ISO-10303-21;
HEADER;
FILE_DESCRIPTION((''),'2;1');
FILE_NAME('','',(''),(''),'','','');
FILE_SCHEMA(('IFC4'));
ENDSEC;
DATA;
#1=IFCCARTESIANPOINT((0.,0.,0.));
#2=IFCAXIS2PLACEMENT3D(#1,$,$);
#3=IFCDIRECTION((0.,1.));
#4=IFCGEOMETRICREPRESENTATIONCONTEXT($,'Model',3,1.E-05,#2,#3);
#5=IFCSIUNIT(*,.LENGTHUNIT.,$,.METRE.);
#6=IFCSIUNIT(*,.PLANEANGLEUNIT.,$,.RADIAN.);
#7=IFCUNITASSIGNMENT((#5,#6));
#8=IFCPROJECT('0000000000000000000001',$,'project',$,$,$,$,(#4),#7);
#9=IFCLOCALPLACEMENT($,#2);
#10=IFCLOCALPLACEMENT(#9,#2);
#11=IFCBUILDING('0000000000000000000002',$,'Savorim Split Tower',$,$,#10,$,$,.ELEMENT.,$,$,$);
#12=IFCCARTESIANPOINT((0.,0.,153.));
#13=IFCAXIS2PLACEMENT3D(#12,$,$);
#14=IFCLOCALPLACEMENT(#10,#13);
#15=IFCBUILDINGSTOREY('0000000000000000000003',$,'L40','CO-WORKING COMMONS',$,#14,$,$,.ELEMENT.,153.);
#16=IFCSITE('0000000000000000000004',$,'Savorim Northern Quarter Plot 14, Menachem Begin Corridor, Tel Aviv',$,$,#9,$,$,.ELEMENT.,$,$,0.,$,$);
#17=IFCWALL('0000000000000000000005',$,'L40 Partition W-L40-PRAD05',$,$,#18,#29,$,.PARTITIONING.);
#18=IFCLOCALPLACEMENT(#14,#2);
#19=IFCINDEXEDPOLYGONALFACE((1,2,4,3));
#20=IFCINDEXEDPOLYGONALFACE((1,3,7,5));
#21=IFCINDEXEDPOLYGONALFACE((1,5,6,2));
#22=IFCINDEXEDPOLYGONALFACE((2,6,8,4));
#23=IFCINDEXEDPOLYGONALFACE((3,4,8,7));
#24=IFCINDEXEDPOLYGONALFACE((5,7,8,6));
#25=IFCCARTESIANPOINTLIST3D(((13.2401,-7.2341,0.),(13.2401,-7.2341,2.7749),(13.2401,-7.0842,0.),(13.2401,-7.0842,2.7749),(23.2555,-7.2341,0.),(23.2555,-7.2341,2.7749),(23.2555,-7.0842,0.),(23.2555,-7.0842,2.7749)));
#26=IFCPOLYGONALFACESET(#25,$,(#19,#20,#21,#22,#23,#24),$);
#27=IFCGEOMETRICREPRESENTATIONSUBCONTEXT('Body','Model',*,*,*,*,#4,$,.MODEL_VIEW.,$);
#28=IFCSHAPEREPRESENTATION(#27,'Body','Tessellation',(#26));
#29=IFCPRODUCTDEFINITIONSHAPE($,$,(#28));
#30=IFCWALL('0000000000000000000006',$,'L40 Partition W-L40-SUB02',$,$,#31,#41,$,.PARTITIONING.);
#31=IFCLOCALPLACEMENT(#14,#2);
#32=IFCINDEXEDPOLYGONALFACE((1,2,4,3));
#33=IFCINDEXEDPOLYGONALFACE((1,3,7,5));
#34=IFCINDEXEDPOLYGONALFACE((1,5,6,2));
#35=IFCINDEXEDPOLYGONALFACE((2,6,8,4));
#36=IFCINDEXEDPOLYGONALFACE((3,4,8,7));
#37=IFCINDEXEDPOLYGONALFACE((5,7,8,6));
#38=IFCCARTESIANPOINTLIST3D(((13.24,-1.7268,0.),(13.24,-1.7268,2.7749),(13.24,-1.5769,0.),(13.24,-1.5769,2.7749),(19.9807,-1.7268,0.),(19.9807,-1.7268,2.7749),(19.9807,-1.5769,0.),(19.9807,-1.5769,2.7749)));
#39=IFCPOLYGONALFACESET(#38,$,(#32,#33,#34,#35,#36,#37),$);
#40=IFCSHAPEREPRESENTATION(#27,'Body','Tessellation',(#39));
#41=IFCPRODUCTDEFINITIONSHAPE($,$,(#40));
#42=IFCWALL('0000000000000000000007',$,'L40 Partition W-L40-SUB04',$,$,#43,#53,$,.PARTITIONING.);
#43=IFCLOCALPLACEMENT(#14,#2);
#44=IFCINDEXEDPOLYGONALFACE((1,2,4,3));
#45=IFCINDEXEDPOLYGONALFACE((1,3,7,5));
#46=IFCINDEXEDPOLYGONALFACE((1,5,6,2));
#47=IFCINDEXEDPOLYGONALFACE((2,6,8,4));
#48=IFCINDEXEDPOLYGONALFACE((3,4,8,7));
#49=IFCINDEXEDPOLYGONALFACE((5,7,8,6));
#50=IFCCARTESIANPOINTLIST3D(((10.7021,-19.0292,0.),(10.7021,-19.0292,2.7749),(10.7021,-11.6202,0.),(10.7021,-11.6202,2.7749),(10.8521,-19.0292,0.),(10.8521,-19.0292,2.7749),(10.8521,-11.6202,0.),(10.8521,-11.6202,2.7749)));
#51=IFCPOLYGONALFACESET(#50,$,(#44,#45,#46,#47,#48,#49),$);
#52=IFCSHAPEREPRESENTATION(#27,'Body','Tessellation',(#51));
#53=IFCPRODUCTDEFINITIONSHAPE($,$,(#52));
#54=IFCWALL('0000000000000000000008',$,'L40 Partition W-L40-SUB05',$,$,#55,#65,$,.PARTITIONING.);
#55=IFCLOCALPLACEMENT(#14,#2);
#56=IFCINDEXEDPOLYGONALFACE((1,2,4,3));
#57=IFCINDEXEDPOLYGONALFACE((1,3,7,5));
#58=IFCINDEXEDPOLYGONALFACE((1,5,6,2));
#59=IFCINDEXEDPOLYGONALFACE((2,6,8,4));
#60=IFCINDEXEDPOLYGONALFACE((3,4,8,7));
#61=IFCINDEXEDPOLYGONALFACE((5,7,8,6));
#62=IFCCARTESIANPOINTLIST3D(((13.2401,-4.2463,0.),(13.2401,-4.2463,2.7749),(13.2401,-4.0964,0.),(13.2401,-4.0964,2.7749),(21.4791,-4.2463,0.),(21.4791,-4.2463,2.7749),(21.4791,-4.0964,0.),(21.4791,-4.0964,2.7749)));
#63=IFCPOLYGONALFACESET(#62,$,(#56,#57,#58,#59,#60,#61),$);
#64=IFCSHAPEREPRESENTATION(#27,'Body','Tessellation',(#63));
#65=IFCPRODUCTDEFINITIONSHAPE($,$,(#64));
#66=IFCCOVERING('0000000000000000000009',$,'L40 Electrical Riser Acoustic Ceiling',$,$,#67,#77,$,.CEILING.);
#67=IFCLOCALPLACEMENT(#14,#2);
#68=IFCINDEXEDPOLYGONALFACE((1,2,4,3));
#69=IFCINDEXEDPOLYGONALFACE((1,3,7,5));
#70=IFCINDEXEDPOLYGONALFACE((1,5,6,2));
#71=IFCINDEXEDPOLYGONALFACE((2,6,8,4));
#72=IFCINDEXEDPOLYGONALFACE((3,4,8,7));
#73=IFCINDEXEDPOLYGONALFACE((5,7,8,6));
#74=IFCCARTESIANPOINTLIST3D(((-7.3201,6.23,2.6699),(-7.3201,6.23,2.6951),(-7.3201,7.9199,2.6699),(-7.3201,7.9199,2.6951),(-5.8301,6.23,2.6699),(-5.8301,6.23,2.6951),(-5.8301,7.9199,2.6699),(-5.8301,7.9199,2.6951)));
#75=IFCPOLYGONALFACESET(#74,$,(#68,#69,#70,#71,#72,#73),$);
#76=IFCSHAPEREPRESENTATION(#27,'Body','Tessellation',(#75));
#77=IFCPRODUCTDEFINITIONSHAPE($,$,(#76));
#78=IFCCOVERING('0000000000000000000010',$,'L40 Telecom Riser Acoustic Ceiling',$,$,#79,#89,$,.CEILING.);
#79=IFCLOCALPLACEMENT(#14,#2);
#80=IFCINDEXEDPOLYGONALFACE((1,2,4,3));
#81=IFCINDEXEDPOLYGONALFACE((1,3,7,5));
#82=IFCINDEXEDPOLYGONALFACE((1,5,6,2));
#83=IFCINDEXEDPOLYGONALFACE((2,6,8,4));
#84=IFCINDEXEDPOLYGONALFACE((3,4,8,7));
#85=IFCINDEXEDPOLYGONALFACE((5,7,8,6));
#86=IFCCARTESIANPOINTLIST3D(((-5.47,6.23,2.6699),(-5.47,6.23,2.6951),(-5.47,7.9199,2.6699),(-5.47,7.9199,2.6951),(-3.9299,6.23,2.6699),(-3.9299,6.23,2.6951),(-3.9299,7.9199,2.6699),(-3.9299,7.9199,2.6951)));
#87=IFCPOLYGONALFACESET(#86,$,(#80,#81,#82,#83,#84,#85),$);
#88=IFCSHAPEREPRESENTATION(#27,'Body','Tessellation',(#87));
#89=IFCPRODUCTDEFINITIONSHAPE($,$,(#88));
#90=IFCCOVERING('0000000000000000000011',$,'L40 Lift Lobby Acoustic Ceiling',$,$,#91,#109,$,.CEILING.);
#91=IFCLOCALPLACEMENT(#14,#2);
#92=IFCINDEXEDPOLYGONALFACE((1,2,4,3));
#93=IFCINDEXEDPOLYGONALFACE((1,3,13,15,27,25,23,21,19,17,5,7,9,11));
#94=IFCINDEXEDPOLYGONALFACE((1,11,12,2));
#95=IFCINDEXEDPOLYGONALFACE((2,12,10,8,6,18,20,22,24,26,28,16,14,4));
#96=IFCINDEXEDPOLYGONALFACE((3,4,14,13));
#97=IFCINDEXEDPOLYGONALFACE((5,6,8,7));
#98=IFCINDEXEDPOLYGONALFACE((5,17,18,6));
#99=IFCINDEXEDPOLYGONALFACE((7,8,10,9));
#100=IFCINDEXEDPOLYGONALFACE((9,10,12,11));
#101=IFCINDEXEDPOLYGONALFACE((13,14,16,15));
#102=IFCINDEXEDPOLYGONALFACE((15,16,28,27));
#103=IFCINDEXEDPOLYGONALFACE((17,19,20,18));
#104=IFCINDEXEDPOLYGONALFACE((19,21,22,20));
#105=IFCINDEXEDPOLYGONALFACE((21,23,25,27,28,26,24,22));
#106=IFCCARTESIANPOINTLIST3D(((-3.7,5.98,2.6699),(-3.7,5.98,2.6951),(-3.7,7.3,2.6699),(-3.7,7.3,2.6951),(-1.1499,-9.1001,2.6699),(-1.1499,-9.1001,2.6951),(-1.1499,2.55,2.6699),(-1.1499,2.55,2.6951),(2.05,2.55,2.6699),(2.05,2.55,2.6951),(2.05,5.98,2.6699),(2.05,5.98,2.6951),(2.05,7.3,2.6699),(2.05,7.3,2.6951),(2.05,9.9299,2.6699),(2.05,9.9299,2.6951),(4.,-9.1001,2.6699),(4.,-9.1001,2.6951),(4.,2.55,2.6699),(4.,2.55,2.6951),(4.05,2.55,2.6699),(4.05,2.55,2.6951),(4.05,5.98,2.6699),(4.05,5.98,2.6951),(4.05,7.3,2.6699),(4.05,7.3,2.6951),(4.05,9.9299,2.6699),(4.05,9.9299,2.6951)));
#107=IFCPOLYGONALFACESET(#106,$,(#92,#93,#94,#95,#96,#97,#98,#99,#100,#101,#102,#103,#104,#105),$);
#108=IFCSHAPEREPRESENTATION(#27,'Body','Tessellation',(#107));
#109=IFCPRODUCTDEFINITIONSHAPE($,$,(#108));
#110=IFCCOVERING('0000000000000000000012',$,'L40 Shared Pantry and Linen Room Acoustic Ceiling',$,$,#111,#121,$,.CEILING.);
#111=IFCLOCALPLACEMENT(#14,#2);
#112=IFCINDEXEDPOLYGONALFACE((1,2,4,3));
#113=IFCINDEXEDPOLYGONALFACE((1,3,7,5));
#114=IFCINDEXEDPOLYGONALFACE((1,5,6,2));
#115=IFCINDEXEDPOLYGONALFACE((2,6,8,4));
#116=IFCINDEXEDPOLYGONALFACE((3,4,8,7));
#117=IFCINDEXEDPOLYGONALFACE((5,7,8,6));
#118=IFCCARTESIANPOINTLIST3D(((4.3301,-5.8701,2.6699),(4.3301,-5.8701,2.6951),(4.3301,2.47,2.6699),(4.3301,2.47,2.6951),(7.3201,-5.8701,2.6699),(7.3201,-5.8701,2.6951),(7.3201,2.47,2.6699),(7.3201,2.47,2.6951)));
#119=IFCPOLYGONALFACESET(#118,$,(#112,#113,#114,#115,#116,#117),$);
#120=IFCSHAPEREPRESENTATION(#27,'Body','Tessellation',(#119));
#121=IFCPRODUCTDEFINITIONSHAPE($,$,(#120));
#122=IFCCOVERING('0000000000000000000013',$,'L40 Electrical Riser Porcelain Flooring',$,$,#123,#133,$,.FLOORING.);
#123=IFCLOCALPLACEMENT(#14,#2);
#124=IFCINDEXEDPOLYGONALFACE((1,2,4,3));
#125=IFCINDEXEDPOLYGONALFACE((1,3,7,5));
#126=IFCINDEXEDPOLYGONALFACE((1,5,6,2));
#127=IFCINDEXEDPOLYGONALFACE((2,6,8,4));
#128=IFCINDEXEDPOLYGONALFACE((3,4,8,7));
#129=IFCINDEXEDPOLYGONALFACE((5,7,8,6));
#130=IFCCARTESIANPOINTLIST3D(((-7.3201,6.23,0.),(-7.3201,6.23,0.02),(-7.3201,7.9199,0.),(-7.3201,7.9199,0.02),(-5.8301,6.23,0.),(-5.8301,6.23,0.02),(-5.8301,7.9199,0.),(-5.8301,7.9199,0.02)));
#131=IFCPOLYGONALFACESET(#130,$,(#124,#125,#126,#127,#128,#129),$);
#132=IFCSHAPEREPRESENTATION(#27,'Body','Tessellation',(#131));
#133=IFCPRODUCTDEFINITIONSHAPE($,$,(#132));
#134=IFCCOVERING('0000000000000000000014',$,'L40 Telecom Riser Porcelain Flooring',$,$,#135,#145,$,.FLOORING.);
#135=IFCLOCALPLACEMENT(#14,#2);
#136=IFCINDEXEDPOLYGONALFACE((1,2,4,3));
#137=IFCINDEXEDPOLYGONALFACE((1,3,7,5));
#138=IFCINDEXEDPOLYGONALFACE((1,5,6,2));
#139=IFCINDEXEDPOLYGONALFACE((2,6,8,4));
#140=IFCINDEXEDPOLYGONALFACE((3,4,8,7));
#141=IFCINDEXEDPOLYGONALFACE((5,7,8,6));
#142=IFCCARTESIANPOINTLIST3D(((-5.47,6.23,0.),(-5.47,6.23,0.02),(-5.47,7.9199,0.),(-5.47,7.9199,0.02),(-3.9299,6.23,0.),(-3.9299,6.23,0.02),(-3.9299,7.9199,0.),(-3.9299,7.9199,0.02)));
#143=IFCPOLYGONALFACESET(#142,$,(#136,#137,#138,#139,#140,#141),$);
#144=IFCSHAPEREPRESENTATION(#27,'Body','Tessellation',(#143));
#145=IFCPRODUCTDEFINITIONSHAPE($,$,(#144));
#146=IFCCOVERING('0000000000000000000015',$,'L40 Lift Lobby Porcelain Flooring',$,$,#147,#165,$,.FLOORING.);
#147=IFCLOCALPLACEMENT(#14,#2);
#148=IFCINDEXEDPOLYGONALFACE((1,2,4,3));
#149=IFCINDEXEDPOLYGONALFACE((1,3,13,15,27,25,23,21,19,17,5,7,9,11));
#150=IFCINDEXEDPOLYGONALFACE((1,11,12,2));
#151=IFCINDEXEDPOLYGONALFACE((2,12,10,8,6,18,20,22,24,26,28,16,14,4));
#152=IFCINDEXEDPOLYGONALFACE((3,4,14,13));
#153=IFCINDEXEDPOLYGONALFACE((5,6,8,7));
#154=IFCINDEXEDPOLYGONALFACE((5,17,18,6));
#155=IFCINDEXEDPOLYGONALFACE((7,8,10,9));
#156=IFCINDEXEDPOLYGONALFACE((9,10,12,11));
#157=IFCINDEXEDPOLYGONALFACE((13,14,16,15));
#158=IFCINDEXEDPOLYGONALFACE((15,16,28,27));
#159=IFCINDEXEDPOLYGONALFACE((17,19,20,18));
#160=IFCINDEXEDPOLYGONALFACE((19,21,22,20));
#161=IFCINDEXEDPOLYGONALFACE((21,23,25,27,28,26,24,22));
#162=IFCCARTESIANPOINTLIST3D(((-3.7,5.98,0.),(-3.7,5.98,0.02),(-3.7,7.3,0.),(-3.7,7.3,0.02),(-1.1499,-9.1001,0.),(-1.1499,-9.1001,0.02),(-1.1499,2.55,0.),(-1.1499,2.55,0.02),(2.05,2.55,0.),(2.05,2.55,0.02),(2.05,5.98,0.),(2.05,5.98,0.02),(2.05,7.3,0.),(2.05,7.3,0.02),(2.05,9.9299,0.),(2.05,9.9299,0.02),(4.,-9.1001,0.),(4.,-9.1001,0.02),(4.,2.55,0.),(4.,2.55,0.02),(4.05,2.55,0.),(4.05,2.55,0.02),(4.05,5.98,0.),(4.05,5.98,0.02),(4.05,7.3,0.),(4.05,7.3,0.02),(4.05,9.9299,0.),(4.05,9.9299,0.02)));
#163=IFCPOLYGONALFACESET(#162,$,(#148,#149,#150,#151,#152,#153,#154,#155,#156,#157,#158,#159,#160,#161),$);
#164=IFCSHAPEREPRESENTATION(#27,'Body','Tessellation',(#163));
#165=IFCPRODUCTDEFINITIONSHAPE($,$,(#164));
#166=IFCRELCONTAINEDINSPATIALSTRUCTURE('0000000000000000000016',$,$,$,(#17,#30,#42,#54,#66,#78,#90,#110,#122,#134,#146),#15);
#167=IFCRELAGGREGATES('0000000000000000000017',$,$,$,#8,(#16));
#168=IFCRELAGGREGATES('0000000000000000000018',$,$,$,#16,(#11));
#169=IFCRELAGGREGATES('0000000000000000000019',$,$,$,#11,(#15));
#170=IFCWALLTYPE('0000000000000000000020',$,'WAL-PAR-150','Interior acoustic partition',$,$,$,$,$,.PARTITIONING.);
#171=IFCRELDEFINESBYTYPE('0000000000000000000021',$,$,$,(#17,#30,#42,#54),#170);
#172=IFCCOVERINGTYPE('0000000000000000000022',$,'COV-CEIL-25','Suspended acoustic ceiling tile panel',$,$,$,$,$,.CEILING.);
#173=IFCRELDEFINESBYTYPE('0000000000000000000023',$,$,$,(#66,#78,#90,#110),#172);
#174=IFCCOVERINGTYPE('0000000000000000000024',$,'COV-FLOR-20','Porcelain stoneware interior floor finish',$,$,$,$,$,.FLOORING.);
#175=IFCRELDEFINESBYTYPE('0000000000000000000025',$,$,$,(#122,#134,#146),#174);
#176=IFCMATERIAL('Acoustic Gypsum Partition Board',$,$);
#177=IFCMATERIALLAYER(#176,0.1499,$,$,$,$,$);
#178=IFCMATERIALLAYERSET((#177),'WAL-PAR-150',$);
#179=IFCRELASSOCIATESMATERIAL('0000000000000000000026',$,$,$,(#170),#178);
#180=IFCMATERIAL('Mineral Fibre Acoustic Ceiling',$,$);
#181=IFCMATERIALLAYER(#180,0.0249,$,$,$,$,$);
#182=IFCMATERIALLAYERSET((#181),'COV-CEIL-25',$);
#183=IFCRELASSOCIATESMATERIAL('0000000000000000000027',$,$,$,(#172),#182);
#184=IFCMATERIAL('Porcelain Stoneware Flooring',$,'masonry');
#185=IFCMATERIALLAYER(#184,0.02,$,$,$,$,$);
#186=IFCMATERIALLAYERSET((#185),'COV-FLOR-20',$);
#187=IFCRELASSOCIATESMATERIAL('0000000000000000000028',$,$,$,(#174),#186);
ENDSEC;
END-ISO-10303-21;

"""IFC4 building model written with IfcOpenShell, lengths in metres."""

from ifc_helpers import new_model, si_unit, direction, frame, frame_2d, origin, place, context, subcontext, project, spatial, polyline, rectangle, outline, extrude, material, layer, layer_set, type_object, element, save


model = new_model("IFC4")

# Units and contexts
model_context = context("Model", 3, precision=1e-05, world=origin(), true_north=direction((0.0, 1.0)))
body_context = subcontext(model_context, "Body", "Model", "MODEL_VIEW")
ifc_project = project(units=[si_unit("LENGTHUNIT", "METRE"), si_unit("PLANEANGLEUNIT", "RADIAN")], contexts=[model_context])

# Site, building, storey
site_placement = place(None, origin())
site = spatial("IfcSite", under=ifc_project, at=site_placement, Name="Savorim Northern Quarter Plot 14, Menachem Begin Corridor, Tel Aviv", CompositionType="ELEMENT", RefElevation=0.0)
building_placement = place(site_placement, origin())
building = spatial("IfcBuilding", under=site, at=building_placement, Name="Savorim Split Tower", CompositionType="ELEMENT")
storey_placement = place(building_placement, frame((0.0, 0.0, 153.0)))
storey = spatial("IfcBuildingStorey", under=building, at=storey_placement, Name="L40", Description="CO-WORKING COMMONS", CompositionType="ELEMENT", Elevation=153.0)

# Shared definitions
ifc_material_1 = material(Name="Acoustic Gypsum Partition Board")
ifc_layer_1 = layer(ifc_material_1, 0.1499)
ifc_layer_set_1 = layer_set([ifc_layer_1], Name="WAL-PAR-150")
wall_type_1 = type_object("IfcWallType", Name="WAL-PAR-150", Description="Interior acoustic partition", PredefinedType="PARTITIONING", material=ifc_layer_set_1)

# Walls
wall_1_placement = place(storey_placement, frame((13.24, -7.1592, 0.0), z_axis=(0.0, 0.0, 1.0), x_axis=(1.0, 0.0, 0.0)))
element("IfcWall", 1, at=wall_1_placement, inside=storey, type_object=wall_type_1, Name="L40 Partition W-L40-PRAD05", PredefinedType="PARTITIONING", context=body_context, shape_type="SweptSolid", body=[
    extrude(rectangle(XDim=10.0154, YDim=0.1499, at=frame_2d((5.0078, 0.0))), origin(), (0.0, 0.0, 1.0), 2.7749),
])
wall_2_placement = place(storey_placement, frame((13.24, -1.6519, 0.0), z_axis=(0.0, 0.0, 1.0), x_axis=(1.0, 0.0, 0.0)))
element("IfcWall", 2, at=wall_2_placement, inside=storey, type_object=wall_type_1, Name="L40 Partition W-L40-SUB02", PredefinedType="PARTITIONING", context=body_context, shape_type="SweptSolid", body=[
    extrude(rectangle(XDim=6.7407, YDim=0.1499, at=frame_2d((3.3704, 0.0))), origin(), (0.0, 0.0, 1.0), 2.7749),
])
wall_3_placement = place(storey_placement, frame((10.7771, -11.6201, 0.0), z_axis=(0.0, 0.0, 1.0), x_axis=(0.0, -1.0, 0.0)))
element("IfcWall", 3, at=wall_3_placement, inside=storey, type_object=wall_type_1, Name="L40 Partition W-L40-SUB04", PredefinedType="PARTITIONING", context=body_context, shape_type="SweptSolid", body=[
    extrude(rectangle(XDim=7.4089, YDim=0.1499, at=frame_2d((3.7046, 0.0))), origin(), (0.0, 0.0, 1.0), 2.7749),
])
wall_4_placement = place(storey_placement, frame((13.24, -4.1714, 0.0), z_axis=(0.0, 0.0, 1.0), x_axis=(1.0, 0.0, 0.0)))
element("IfcWall", 4, at=wall_4_placement, inside=storey, type_object=wall_type_1, Name="L40 Partition W-L40-SUB05", PredefinedType="PARTITIONING", context=body_context, shape_type="SweptSolid", body=[
    extrude(rectangle(XDim=8.239, YDim=0.1499, at=frame_2d((4.1196, 0.0))), origin(), (0.0, 0.0, 1.0), 2.7749),
])

# Coverings
ifc_material_2 = material(Name="Mineral Fibre Acoustic Ceiling")
ifc_layer_2 = layer(ifc_material_2, 0.0249)
ifc_layer_set_2 = layer_set([ifc_layer_2], Name="COV-CEIL-25")
covering_type_1 = type_object("IfcCoveringType", Name="COV-CEIL-25", Description="Suspended acoustic ceiling tile panel", PredefinedType="CEILING", material=ifc_layer_set_2)
covering_1_placement = place(storey_placement, frame((0.0, 0.0, 2.6699)))
element("IfcCovering", 5, at=covering_1_placement, inside=storey, type_object=covering_type_1, Name="L40 Electrical Riser Acoustic Ceiling", PredefinedType="CEILING", context=body_context, shape_type="SweptSolid", body=[
    extrude(outline(polyline([(-7.3201, 7.9199), (-7.3201, 6.23), (-5.8301, 6.23), (-5.8301, 7.9199), (-7.3201, 7.9199)])), origin(), (0.0, 0.0, 1.0), 0.0251),
])
covering_2_placement = place(storey_placement, frame((0.0, 0.0, 2.6699)))
element("IfcCovering", 6, at=covering_2_placement, inside=storey, type_object=covering_type_1, Name="L40 Telecom Riser Acoustic Ceiling", PredefinedType="CEILING", context=body_context, shape_type="SweptSolid", body=[
    extrude(outline(polyline([(-5.47, 7.9199), (-5.47, 6.23), (-3.9299, 6.23), (-3.9299, 7.9199), (-5.47, 7.9199)])), origin(), (0.0, 0.0, 1.0), 0.0251),
])
covering_3_placement = place(storey_placement, frame((0.0, 0.0, 2.6699)))
element("IfcCovering", 7, at=covering_3_placement, inside=storey, type_object=covering_type_1, Name="L40 Lift Lobby Acoustic Ceiling", PredefinedType="CEILING", context=body_context, shape_type="SweptSolid", body=[
    extrude(outline(polyline([(2.05, 2.55), (-1.1499, 2.55), (-1.1499, -9.1001), (4.0, -9.1001), (4.0, 2.55), (4.05, 2.55), (4.05, 5.98), (4.05, 7.3), (4.05, 9.9299), (2.05, 9.9299), (2.05, 7.3), (-3.7, 7.3), (-3.7, 5.98), (2.05, 5.98), (2.05, 2.55)])), origin(), (0.0, 0.0, 1.0), 0.0251),
])
covering_4_placement = place(storey_placement, frame((0.0, 0.0, 2.6699)))
element("IfcCovering", 8, at=covering_4_placement, inside=storey, type_object=covering_type_1, Name="L40 Shared Pantry and Linen Room Acoustic Ceiling", PredefinedType="CEILING", context=body_context, shape_type="SweptSolid", body=[
    extrude(outline(polyline([(4.3301, 2.47), (4.3301, -5.8701), (7.3201, -5.8701), (7.3201, 2.47), (4.3301, 2.47)])), origin(), (0.0, 0.0, 1.0), 0.0251),
])
ifc_material_3 = material(Name="Porcelain Stoneware Flooring", Category="masonry")
ifc_layer_3 = layer(ifc_material_3, 0.02)
ifc_layer_set_3 = layer_set([ifc_layer_3], Name="COV-FLOR-20")
covering_type_2 = type_object("IfcCoveringType", Name="COV-FLOR-20", Description="Porcelain stoneware interior floor finish", PredefinedType="FLOORING", material=ifc_layer_set_3)
covering_5_placement = place(storey_placement, origin())
element("IfcCovering", 9, at=covering_5_placement, inside=storey, type_object=covering_type_2, Name="L40 Electrical Riser Porcelain Flooring", PredefinedType="FLOORING", context=body_context, shape_type="SweptSolid", body=[
    extrude(outline(polyline([(-7.3201, 7.9199), (-7.3201, 6.23), (-5.8301, 6.23), (-5.8301, 7.9199), (-7.3201, 7.9199)])), origin(), (0.0, 0.0, 1.0), 0.02),
])
covering_6_placement = place(storey_placement, origin())
element("IfcCovering", 10, at=covering_6_placement, inside=storey, type_object=covering_type_2, Name="L40 Telecom Riser Porcelain Flooring", PredefinedType="FLOORING", context=body_context, shape_type="SweptSolid", body=[
    extrude(outline(polyline([(-5.47, 7.9199), (-5.47, 6.23), (-3.9299, 6.23), (-3.9299, 7.9199), (-5.47, 7.9199)])), origin(), (0.0, 0.0, 1.0), 0.02),
])
covering_7_placement = place(storey_placement, origin())
element("IfcCovering", 11, at=covering_7_placement, inside=storey, type_object=covering_type_2, Name="L40 Lift Lobby Porcelain Flooring", PredefinedType="FLOORING", context=body_context, shape_type="SweptSolid", body=[
    extrude(outline(polyline([(2.05, 2.55), (-1.1499, 2.55), (-1.1499, -9.1001), (4.0, -9.1001), (4.0, 2.55), (4.05, 2.55), (4.05, 5.98), (4.05, 7.3), (4.05, 9.9299), (2.05, 9.9299), (2.05, 7.3), (-3.7, 7.3), (-3.7, 5.98), (2.05, 5.98), (2.05, 2.55)])), origin(), (0.0, 0.0, 1.0), 0.02),
])

save(model, "model.ifc")
